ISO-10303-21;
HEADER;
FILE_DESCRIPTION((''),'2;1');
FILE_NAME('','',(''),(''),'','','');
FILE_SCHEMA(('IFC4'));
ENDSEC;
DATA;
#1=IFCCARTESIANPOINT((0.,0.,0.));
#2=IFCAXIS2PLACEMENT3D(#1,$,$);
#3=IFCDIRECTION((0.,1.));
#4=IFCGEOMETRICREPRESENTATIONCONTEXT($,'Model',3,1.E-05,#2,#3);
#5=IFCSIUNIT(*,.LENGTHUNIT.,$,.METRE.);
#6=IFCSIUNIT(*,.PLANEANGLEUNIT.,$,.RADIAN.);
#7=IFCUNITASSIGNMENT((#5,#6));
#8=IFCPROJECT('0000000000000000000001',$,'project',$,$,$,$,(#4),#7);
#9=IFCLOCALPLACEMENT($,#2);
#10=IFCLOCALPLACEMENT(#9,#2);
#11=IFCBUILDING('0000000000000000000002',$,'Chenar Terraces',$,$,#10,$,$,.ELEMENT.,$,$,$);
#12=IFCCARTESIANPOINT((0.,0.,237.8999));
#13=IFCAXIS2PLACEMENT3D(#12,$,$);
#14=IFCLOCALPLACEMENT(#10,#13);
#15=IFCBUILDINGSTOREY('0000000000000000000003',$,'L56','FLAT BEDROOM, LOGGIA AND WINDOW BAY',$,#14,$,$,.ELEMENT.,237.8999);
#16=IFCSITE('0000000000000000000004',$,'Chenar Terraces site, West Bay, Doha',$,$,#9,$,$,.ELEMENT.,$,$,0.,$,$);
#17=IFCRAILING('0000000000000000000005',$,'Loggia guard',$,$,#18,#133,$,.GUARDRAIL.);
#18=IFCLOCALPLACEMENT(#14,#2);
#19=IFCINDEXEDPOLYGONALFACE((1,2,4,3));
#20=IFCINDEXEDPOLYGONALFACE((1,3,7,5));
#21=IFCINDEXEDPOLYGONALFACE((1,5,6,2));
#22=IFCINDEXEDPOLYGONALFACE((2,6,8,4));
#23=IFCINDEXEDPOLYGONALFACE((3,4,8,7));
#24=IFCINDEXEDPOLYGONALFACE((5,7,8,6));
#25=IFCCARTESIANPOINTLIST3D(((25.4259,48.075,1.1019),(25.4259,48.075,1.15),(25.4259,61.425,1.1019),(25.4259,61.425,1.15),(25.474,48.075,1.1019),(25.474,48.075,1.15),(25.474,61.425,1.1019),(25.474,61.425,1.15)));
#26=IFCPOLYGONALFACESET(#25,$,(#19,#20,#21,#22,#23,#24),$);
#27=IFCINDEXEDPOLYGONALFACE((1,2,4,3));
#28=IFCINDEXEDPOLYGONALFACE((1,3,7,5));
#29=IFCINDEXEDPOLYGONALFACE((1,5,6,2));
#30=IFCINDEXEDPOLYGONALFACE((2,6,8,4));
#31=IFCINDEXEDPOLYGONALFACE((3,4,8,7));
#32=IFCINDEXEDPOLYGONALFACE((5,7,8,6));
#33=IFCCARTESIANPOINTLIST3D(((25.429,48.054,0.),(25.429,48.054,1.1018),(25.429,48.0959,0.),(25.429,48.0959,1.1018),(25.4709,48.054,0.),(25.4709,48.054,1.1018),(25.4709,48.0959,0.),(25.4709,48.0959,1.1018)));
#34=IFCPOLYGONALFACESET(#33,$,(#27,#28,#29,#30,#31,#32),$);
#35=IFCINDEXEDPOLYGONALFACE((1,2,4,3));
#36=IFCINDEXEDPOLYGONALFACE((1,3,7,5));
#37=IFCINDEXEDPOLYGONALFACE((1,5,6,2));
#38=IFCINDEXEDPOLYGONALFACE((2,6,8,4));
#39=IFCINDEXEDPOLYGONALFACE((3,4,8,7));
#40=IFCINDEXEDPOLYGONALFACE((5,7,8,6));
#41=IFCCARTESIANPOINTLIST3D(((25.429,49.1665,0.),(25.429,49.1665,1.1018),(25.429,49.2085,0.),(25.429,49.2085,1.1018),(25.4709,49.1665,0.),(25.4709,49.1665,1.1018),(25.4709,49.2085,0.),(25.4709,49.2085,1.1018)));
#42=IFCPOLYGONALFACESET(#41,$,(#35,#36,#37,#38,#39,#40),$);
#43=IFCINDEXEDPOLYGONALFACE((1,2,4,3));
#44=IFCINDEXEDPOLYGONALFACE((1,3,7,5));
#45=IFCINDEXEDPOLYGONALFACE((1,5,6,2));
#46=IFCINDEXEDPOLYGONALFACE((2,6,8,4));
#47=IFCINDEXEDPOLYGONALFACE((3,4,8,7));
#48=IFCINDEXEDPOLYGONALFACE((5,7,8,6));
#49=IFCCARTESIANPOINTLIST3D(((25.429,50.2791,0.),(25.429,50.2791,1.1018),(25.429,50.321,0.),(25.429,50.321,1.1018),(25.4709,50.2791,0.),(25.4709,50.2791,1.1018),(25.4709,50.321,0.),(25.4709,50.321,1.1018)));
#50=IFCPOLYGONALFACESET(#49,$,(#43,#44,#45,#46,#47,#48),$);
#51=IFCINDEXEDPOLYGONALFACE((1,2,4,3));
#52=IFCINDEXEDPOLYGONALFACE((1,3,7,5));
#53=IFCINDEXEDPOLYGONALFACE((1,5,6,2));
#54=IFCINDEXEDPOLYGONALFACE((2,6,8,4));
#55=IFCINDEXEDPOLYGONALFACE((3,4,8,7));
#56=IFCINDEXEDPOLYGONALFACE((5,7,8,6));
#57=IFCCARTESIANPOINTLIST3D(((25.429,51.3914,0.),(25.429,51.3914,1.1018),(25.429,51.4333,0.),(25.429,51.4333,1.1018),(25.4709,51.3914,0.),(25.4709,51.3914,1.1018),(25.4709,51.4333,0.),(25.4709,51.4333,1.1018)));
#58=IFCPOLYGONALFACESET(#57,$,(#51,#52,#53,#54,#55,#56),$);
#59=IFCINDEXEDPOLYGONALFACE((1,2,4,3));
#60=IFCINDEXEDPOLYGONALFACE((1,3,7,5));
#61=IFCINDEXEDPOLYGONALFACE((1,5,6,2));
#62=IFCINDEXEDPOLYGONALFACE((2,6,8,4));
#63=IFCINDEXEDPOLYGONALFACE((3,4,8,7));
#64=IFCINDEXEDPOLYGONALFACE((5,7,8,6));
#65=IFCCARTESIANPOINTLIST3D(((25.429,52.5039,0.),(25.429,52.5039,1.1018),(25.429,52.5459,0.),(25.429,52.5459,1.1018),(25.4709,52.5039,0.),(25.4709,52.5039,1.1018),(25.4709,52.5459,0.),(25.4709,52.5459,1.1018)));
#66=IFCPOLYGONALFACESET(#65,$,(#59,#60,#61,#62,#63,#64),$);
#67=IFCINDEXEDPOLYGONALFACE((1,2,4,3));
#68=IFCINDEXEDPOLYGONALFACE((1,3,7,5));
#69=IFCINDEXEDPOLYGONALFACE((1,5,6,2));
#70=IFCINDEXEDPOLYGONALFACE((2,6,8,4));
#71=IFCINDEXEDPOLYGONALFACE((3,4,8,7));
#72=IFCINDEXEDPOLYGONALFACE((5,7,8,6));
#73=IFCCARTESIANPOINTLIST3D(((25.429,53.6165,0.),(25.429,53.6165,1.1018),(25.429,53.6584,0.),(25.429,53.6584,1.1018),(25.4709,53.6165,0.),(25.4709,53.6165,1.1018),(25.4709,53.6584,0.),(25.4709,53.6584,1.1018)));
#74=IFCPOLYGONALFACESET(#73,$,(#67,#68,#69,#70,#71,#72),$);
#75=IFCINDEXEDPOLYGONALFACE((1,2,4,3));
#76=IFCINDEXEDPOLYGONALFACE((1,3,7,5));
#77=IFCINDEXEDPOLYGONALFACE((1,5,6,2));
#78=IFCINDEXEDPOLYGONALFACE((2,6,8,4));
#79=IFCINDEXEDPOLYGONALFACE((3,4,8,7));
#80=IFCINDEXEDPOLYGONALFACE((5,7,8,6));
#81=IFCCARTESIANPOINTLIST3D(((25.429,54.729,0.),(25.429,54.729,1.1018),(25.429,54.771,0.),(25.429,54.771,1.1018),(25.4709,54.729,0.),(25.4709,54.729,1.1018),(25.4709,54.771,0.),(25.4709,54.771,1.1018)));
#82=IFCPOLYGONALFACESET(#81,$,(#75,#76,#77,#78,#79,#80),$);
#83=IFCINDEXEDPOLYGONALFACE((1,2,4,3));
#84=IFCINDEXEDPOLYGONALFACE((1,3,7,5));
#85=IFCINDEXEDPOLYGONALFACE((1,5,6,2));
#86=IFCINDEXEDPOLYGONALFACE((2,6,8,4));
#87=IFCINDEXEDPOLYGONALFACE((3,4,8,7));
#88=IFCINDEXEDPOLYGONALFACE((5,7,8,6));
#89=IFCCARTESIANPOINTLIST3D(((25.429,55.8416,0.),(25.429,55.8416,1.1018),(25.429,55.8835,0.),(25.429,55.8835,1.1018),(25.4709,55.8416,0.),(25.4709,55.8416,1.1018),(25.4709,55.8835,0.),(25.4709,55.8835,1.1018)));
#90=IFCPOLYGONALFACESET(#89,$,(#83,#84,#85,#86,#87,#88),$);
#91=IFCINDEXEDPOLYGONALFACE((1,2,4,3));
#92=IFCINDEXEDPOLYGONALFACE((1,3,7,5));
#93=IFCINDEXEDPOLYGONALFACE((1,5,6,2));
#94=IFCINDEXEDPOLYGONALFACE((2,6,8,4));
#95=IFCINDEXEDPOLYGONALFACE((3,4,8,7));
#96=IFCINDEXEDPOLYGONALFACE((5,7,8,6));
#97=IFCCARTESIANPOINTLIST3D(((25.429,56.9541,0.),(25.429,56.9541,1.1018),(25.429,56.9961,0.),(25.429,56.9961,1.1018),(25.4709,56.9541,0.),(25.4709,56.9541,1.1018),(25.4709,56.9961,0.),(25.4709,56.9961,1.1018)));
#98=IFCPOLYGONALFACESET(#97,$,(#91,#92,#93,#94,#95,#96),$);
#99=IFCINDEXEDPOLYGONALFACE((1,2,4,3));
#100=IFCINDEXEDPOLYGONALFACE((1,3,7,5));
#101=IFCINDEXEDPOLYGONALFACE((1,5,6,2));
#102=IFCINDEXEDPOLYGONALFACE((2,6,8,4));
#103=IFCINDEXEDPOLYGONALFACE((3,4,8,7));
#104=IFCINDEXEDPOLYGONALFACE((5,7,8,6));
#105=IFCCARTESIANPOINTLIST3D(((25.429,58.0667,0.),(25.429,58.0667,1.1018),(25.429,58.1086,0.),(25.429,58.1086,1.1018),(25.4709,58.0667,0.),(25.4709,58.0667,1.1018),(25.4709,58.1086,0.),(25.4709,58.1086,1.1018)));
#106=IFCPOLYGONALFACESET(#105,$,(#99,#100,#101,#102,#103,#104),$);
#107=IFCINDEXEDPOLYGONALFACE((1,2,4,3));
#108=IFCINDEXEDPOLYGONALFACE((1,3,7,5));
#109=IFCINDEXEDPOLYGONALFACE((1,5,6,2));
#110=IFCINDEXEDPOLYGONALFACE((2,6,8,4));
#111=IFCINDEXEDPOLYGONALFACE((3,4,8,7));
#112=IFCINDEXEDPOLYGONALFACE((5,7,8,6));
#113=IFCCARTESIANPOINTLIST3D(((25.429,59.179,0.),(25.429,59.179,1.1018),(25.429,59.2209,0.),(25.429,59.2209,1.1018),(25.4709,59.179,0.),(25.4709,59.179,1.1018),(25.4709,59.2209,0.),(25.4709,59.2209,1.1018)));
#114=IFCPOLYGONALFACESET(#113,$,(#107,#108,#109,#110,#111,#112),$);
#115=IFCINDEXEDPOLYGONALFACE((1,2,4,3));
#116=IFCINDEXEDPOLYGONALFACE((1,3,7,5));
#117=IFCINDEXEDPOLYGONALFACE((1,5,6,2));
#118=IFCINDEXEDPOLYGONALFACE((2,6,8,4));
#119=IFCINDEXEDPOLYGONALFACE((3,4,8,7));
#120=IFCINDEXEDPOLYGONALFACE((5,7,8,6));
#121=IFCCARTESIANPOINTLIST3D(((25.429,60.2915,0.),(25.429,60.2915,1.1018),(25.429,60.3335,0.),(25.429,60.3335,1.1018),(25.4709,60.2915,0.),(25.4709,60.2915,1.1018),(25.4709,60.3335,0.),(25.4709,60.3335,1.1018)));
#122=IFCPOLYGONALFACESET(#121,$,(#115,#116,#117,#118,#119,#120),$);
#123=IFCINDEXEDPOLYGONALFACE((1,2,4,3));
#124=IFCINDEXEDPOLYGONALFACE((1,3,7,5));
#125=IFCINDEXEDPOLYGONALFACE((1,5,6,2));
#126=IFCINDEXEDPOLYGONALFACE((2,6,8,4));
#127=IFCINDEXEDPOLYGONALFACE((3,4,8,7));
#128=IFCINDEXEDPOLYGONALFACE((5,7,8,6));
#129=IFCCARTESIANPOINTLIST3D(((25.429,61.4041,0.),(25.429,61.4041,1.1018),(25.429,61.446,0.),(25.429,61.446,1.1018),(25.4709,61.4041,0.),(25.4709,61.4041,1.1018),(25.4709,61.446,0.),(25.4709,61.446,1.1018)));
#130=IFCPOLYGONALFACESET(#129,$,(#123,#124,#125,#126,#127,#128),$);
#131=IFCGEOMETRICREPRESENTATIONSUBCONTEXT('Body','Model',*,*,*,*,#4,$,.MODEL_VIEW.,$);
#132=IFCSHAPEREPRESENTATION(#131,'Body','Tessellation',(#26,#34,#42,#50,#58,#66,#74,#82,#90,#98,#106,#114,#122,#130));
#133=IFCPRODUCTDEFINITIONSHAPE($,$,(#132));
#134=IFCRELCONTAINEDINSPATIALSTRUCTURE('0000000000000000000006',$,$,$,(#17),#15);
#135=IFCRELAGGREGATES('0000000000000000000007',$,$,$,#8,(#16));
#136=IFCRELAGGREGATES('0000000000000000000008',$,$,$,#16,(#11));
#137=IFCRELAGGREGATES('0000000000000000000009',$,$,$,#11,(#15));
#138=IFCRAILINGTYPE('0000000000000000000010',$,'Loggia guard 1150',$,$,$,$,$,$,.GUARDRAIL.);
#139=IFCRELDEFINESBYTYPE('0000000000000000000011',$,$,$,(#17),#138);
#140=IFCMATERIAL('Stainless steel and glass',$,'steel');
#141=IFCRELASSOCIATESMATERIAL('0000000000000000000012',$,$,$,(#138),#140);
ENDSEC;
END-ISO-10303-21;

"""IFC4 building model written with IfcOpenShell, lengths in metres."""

from ifc_helpers import new_model, si_unit, direction, frame, origin, origin_2d, place, context, subcontext, project, spatial, rectangle, extrude, material, type_object, element, save


model = new_model("IFC4")

# Units and contexts
model_context = context("Model", 3, precision=1e-05, world=origin(), true_north=direction((0.0, 1.0)))
body_context = subcontext(model_context, "Body", "Model", "MODEL_VIEW")
ifc_project = project(units=[si_unit("LENGTHUNIT", "METRE"), si_unit("PLANEANGLEUNIT", "RADIAN")], contexts=[model_context])

# Site, building, storey
site_placement = place(None, origin())
site = spatial("IfcSite", under=ifc_project, at=site_placement, Name="Chenar Terraces site, West Bay, Doha", CompositionType="ELEMENT", RefElevation=0.0)
building_placement = place(site_placement, origin())
building = spatial("IfcBuilding", under=site, at=building_placement, Name="Chenar Terraces", CompositionType="ELEMENT")
storey_placement = place(building_placement, frame((0.0, 0.0, 237.8999)))
storey = spatial("IfcBuildingStorey", under=building, at=storey_placement, Name="L56", Description="FLAT BEDROOM, LOGGIA AND WINDOW BAY", CompositionType="ELEMENT", Elevation=237.8999)

# Railing
ifc_material_1 = material(Name="Stainless steel and glass", Category="steel")
railing_type_1 = type_object("IfcRailingType", Name="Loggia guard 1150", PredefinedType="GUARDRAIL", material=ifc_material_1)
railing_1_placement = place(storey_placement, frame((25.45, 48.075, 0.0)))
element("IfcRailing", 1, at=railing_1_placement, inside=storey, type_object=railing_type_1, Name="Loggia guard", PredefinedType="GUARDRAIL", context=body_context, shape_type="SweptSolid", body=[
    extrude(rectangle(XDim=0.0481, YDim=0.0481, at=origin_2d()), frame((0.0, 0.0, 1.126), z_axis=(0.0, 1.0, 0.0), x_axis=(-1.0, 0.0, 0.0)), (0.0, 0.0, 1.0), 13.3501),
    extrude(rectangle(XDim=0.042, YDim=0.042, at=origin_2d()), origin(), (0.0, 0.0, 1.0), 1.1018),
    extrude(rectangle(XDim=0.042, YDim=0.042, at=origin_2d()), frame((0.0, 1.1125, 0.0)), (0.0, 0.0, 1.0), 1.1018),
    extrude(rectangle(XDim=0.042, YDim=0.042, at=origin_2d()), frame((0.0, 2.2251, 0.0)), (0.0, 0.0, 1.0), 1.1018),
    extrude(rectangle(XDim=0.042, YDim=0.042, at=origin_2d()), frame((0.0, 3.3374, 0.0)), (0.0, 0.0, 1.0), 1.1018),
    extrude(rectangle(XDim=0.042, YDim=0.042, at=origin_2d()), frame((0.0, 4.45, 0.0)), (0.0, 0.0, 1.0), 1.1018),
    extrude(rectangle(XDim=0.042, YDim=0.042, at=origin_2d()), frame((0.0, 5.5625, 0.0)), (0.0, 0.0, 1.0), 1.1018),
    extrude(rectangle(XDim=0.042, YDim=0.042, at=origin_2d()), frame((0.0, 6.675, 0.0)), (0.0, 0.0, 1.0), 1.1018),
    extrude(rectangle(XDim=0.042, YDim=0.042, at=origin_2d()), frame((0.0, 7.7876, 0.0)), (0.0, 0.0, 1.0), 1.1018),
    extrude(rectangle(XDim=0.042, YDim=0.042, at=origin_2d()), frame((0.0, 8.9001, 0.0)), (0.0, 0.0, 1.0), 1.1018),
    extrude(rectangle(XDim=0.042, YDim=0.042, at=origin_2d()), frame((0.0, 10.0127, 0.0)), (0.0, 0.0, 1.0), 1.1018),
    extrude(rectangle(XDim=0.042, YDim=0.042, at=origin_2d()), frame((0.0, 11.125, 0.0)), (0.0, 0.0, 1.0), 1.1018),
    extrude(rectangle(XDim=0.042, YDim=0.042, at=origin_2d()), frame((0.0, 12.2375, 0.0)), (0.0, 0.0, 1.0), 1.1018),
    extrude(rectangle(XDim=0.042, YDim=0.042, at=origin_2d()), frame((0.0, 13.3501, 0.0)), (0.0, 0.0, 1.0), 1.1018),
])

save(model, "model.ifc")
